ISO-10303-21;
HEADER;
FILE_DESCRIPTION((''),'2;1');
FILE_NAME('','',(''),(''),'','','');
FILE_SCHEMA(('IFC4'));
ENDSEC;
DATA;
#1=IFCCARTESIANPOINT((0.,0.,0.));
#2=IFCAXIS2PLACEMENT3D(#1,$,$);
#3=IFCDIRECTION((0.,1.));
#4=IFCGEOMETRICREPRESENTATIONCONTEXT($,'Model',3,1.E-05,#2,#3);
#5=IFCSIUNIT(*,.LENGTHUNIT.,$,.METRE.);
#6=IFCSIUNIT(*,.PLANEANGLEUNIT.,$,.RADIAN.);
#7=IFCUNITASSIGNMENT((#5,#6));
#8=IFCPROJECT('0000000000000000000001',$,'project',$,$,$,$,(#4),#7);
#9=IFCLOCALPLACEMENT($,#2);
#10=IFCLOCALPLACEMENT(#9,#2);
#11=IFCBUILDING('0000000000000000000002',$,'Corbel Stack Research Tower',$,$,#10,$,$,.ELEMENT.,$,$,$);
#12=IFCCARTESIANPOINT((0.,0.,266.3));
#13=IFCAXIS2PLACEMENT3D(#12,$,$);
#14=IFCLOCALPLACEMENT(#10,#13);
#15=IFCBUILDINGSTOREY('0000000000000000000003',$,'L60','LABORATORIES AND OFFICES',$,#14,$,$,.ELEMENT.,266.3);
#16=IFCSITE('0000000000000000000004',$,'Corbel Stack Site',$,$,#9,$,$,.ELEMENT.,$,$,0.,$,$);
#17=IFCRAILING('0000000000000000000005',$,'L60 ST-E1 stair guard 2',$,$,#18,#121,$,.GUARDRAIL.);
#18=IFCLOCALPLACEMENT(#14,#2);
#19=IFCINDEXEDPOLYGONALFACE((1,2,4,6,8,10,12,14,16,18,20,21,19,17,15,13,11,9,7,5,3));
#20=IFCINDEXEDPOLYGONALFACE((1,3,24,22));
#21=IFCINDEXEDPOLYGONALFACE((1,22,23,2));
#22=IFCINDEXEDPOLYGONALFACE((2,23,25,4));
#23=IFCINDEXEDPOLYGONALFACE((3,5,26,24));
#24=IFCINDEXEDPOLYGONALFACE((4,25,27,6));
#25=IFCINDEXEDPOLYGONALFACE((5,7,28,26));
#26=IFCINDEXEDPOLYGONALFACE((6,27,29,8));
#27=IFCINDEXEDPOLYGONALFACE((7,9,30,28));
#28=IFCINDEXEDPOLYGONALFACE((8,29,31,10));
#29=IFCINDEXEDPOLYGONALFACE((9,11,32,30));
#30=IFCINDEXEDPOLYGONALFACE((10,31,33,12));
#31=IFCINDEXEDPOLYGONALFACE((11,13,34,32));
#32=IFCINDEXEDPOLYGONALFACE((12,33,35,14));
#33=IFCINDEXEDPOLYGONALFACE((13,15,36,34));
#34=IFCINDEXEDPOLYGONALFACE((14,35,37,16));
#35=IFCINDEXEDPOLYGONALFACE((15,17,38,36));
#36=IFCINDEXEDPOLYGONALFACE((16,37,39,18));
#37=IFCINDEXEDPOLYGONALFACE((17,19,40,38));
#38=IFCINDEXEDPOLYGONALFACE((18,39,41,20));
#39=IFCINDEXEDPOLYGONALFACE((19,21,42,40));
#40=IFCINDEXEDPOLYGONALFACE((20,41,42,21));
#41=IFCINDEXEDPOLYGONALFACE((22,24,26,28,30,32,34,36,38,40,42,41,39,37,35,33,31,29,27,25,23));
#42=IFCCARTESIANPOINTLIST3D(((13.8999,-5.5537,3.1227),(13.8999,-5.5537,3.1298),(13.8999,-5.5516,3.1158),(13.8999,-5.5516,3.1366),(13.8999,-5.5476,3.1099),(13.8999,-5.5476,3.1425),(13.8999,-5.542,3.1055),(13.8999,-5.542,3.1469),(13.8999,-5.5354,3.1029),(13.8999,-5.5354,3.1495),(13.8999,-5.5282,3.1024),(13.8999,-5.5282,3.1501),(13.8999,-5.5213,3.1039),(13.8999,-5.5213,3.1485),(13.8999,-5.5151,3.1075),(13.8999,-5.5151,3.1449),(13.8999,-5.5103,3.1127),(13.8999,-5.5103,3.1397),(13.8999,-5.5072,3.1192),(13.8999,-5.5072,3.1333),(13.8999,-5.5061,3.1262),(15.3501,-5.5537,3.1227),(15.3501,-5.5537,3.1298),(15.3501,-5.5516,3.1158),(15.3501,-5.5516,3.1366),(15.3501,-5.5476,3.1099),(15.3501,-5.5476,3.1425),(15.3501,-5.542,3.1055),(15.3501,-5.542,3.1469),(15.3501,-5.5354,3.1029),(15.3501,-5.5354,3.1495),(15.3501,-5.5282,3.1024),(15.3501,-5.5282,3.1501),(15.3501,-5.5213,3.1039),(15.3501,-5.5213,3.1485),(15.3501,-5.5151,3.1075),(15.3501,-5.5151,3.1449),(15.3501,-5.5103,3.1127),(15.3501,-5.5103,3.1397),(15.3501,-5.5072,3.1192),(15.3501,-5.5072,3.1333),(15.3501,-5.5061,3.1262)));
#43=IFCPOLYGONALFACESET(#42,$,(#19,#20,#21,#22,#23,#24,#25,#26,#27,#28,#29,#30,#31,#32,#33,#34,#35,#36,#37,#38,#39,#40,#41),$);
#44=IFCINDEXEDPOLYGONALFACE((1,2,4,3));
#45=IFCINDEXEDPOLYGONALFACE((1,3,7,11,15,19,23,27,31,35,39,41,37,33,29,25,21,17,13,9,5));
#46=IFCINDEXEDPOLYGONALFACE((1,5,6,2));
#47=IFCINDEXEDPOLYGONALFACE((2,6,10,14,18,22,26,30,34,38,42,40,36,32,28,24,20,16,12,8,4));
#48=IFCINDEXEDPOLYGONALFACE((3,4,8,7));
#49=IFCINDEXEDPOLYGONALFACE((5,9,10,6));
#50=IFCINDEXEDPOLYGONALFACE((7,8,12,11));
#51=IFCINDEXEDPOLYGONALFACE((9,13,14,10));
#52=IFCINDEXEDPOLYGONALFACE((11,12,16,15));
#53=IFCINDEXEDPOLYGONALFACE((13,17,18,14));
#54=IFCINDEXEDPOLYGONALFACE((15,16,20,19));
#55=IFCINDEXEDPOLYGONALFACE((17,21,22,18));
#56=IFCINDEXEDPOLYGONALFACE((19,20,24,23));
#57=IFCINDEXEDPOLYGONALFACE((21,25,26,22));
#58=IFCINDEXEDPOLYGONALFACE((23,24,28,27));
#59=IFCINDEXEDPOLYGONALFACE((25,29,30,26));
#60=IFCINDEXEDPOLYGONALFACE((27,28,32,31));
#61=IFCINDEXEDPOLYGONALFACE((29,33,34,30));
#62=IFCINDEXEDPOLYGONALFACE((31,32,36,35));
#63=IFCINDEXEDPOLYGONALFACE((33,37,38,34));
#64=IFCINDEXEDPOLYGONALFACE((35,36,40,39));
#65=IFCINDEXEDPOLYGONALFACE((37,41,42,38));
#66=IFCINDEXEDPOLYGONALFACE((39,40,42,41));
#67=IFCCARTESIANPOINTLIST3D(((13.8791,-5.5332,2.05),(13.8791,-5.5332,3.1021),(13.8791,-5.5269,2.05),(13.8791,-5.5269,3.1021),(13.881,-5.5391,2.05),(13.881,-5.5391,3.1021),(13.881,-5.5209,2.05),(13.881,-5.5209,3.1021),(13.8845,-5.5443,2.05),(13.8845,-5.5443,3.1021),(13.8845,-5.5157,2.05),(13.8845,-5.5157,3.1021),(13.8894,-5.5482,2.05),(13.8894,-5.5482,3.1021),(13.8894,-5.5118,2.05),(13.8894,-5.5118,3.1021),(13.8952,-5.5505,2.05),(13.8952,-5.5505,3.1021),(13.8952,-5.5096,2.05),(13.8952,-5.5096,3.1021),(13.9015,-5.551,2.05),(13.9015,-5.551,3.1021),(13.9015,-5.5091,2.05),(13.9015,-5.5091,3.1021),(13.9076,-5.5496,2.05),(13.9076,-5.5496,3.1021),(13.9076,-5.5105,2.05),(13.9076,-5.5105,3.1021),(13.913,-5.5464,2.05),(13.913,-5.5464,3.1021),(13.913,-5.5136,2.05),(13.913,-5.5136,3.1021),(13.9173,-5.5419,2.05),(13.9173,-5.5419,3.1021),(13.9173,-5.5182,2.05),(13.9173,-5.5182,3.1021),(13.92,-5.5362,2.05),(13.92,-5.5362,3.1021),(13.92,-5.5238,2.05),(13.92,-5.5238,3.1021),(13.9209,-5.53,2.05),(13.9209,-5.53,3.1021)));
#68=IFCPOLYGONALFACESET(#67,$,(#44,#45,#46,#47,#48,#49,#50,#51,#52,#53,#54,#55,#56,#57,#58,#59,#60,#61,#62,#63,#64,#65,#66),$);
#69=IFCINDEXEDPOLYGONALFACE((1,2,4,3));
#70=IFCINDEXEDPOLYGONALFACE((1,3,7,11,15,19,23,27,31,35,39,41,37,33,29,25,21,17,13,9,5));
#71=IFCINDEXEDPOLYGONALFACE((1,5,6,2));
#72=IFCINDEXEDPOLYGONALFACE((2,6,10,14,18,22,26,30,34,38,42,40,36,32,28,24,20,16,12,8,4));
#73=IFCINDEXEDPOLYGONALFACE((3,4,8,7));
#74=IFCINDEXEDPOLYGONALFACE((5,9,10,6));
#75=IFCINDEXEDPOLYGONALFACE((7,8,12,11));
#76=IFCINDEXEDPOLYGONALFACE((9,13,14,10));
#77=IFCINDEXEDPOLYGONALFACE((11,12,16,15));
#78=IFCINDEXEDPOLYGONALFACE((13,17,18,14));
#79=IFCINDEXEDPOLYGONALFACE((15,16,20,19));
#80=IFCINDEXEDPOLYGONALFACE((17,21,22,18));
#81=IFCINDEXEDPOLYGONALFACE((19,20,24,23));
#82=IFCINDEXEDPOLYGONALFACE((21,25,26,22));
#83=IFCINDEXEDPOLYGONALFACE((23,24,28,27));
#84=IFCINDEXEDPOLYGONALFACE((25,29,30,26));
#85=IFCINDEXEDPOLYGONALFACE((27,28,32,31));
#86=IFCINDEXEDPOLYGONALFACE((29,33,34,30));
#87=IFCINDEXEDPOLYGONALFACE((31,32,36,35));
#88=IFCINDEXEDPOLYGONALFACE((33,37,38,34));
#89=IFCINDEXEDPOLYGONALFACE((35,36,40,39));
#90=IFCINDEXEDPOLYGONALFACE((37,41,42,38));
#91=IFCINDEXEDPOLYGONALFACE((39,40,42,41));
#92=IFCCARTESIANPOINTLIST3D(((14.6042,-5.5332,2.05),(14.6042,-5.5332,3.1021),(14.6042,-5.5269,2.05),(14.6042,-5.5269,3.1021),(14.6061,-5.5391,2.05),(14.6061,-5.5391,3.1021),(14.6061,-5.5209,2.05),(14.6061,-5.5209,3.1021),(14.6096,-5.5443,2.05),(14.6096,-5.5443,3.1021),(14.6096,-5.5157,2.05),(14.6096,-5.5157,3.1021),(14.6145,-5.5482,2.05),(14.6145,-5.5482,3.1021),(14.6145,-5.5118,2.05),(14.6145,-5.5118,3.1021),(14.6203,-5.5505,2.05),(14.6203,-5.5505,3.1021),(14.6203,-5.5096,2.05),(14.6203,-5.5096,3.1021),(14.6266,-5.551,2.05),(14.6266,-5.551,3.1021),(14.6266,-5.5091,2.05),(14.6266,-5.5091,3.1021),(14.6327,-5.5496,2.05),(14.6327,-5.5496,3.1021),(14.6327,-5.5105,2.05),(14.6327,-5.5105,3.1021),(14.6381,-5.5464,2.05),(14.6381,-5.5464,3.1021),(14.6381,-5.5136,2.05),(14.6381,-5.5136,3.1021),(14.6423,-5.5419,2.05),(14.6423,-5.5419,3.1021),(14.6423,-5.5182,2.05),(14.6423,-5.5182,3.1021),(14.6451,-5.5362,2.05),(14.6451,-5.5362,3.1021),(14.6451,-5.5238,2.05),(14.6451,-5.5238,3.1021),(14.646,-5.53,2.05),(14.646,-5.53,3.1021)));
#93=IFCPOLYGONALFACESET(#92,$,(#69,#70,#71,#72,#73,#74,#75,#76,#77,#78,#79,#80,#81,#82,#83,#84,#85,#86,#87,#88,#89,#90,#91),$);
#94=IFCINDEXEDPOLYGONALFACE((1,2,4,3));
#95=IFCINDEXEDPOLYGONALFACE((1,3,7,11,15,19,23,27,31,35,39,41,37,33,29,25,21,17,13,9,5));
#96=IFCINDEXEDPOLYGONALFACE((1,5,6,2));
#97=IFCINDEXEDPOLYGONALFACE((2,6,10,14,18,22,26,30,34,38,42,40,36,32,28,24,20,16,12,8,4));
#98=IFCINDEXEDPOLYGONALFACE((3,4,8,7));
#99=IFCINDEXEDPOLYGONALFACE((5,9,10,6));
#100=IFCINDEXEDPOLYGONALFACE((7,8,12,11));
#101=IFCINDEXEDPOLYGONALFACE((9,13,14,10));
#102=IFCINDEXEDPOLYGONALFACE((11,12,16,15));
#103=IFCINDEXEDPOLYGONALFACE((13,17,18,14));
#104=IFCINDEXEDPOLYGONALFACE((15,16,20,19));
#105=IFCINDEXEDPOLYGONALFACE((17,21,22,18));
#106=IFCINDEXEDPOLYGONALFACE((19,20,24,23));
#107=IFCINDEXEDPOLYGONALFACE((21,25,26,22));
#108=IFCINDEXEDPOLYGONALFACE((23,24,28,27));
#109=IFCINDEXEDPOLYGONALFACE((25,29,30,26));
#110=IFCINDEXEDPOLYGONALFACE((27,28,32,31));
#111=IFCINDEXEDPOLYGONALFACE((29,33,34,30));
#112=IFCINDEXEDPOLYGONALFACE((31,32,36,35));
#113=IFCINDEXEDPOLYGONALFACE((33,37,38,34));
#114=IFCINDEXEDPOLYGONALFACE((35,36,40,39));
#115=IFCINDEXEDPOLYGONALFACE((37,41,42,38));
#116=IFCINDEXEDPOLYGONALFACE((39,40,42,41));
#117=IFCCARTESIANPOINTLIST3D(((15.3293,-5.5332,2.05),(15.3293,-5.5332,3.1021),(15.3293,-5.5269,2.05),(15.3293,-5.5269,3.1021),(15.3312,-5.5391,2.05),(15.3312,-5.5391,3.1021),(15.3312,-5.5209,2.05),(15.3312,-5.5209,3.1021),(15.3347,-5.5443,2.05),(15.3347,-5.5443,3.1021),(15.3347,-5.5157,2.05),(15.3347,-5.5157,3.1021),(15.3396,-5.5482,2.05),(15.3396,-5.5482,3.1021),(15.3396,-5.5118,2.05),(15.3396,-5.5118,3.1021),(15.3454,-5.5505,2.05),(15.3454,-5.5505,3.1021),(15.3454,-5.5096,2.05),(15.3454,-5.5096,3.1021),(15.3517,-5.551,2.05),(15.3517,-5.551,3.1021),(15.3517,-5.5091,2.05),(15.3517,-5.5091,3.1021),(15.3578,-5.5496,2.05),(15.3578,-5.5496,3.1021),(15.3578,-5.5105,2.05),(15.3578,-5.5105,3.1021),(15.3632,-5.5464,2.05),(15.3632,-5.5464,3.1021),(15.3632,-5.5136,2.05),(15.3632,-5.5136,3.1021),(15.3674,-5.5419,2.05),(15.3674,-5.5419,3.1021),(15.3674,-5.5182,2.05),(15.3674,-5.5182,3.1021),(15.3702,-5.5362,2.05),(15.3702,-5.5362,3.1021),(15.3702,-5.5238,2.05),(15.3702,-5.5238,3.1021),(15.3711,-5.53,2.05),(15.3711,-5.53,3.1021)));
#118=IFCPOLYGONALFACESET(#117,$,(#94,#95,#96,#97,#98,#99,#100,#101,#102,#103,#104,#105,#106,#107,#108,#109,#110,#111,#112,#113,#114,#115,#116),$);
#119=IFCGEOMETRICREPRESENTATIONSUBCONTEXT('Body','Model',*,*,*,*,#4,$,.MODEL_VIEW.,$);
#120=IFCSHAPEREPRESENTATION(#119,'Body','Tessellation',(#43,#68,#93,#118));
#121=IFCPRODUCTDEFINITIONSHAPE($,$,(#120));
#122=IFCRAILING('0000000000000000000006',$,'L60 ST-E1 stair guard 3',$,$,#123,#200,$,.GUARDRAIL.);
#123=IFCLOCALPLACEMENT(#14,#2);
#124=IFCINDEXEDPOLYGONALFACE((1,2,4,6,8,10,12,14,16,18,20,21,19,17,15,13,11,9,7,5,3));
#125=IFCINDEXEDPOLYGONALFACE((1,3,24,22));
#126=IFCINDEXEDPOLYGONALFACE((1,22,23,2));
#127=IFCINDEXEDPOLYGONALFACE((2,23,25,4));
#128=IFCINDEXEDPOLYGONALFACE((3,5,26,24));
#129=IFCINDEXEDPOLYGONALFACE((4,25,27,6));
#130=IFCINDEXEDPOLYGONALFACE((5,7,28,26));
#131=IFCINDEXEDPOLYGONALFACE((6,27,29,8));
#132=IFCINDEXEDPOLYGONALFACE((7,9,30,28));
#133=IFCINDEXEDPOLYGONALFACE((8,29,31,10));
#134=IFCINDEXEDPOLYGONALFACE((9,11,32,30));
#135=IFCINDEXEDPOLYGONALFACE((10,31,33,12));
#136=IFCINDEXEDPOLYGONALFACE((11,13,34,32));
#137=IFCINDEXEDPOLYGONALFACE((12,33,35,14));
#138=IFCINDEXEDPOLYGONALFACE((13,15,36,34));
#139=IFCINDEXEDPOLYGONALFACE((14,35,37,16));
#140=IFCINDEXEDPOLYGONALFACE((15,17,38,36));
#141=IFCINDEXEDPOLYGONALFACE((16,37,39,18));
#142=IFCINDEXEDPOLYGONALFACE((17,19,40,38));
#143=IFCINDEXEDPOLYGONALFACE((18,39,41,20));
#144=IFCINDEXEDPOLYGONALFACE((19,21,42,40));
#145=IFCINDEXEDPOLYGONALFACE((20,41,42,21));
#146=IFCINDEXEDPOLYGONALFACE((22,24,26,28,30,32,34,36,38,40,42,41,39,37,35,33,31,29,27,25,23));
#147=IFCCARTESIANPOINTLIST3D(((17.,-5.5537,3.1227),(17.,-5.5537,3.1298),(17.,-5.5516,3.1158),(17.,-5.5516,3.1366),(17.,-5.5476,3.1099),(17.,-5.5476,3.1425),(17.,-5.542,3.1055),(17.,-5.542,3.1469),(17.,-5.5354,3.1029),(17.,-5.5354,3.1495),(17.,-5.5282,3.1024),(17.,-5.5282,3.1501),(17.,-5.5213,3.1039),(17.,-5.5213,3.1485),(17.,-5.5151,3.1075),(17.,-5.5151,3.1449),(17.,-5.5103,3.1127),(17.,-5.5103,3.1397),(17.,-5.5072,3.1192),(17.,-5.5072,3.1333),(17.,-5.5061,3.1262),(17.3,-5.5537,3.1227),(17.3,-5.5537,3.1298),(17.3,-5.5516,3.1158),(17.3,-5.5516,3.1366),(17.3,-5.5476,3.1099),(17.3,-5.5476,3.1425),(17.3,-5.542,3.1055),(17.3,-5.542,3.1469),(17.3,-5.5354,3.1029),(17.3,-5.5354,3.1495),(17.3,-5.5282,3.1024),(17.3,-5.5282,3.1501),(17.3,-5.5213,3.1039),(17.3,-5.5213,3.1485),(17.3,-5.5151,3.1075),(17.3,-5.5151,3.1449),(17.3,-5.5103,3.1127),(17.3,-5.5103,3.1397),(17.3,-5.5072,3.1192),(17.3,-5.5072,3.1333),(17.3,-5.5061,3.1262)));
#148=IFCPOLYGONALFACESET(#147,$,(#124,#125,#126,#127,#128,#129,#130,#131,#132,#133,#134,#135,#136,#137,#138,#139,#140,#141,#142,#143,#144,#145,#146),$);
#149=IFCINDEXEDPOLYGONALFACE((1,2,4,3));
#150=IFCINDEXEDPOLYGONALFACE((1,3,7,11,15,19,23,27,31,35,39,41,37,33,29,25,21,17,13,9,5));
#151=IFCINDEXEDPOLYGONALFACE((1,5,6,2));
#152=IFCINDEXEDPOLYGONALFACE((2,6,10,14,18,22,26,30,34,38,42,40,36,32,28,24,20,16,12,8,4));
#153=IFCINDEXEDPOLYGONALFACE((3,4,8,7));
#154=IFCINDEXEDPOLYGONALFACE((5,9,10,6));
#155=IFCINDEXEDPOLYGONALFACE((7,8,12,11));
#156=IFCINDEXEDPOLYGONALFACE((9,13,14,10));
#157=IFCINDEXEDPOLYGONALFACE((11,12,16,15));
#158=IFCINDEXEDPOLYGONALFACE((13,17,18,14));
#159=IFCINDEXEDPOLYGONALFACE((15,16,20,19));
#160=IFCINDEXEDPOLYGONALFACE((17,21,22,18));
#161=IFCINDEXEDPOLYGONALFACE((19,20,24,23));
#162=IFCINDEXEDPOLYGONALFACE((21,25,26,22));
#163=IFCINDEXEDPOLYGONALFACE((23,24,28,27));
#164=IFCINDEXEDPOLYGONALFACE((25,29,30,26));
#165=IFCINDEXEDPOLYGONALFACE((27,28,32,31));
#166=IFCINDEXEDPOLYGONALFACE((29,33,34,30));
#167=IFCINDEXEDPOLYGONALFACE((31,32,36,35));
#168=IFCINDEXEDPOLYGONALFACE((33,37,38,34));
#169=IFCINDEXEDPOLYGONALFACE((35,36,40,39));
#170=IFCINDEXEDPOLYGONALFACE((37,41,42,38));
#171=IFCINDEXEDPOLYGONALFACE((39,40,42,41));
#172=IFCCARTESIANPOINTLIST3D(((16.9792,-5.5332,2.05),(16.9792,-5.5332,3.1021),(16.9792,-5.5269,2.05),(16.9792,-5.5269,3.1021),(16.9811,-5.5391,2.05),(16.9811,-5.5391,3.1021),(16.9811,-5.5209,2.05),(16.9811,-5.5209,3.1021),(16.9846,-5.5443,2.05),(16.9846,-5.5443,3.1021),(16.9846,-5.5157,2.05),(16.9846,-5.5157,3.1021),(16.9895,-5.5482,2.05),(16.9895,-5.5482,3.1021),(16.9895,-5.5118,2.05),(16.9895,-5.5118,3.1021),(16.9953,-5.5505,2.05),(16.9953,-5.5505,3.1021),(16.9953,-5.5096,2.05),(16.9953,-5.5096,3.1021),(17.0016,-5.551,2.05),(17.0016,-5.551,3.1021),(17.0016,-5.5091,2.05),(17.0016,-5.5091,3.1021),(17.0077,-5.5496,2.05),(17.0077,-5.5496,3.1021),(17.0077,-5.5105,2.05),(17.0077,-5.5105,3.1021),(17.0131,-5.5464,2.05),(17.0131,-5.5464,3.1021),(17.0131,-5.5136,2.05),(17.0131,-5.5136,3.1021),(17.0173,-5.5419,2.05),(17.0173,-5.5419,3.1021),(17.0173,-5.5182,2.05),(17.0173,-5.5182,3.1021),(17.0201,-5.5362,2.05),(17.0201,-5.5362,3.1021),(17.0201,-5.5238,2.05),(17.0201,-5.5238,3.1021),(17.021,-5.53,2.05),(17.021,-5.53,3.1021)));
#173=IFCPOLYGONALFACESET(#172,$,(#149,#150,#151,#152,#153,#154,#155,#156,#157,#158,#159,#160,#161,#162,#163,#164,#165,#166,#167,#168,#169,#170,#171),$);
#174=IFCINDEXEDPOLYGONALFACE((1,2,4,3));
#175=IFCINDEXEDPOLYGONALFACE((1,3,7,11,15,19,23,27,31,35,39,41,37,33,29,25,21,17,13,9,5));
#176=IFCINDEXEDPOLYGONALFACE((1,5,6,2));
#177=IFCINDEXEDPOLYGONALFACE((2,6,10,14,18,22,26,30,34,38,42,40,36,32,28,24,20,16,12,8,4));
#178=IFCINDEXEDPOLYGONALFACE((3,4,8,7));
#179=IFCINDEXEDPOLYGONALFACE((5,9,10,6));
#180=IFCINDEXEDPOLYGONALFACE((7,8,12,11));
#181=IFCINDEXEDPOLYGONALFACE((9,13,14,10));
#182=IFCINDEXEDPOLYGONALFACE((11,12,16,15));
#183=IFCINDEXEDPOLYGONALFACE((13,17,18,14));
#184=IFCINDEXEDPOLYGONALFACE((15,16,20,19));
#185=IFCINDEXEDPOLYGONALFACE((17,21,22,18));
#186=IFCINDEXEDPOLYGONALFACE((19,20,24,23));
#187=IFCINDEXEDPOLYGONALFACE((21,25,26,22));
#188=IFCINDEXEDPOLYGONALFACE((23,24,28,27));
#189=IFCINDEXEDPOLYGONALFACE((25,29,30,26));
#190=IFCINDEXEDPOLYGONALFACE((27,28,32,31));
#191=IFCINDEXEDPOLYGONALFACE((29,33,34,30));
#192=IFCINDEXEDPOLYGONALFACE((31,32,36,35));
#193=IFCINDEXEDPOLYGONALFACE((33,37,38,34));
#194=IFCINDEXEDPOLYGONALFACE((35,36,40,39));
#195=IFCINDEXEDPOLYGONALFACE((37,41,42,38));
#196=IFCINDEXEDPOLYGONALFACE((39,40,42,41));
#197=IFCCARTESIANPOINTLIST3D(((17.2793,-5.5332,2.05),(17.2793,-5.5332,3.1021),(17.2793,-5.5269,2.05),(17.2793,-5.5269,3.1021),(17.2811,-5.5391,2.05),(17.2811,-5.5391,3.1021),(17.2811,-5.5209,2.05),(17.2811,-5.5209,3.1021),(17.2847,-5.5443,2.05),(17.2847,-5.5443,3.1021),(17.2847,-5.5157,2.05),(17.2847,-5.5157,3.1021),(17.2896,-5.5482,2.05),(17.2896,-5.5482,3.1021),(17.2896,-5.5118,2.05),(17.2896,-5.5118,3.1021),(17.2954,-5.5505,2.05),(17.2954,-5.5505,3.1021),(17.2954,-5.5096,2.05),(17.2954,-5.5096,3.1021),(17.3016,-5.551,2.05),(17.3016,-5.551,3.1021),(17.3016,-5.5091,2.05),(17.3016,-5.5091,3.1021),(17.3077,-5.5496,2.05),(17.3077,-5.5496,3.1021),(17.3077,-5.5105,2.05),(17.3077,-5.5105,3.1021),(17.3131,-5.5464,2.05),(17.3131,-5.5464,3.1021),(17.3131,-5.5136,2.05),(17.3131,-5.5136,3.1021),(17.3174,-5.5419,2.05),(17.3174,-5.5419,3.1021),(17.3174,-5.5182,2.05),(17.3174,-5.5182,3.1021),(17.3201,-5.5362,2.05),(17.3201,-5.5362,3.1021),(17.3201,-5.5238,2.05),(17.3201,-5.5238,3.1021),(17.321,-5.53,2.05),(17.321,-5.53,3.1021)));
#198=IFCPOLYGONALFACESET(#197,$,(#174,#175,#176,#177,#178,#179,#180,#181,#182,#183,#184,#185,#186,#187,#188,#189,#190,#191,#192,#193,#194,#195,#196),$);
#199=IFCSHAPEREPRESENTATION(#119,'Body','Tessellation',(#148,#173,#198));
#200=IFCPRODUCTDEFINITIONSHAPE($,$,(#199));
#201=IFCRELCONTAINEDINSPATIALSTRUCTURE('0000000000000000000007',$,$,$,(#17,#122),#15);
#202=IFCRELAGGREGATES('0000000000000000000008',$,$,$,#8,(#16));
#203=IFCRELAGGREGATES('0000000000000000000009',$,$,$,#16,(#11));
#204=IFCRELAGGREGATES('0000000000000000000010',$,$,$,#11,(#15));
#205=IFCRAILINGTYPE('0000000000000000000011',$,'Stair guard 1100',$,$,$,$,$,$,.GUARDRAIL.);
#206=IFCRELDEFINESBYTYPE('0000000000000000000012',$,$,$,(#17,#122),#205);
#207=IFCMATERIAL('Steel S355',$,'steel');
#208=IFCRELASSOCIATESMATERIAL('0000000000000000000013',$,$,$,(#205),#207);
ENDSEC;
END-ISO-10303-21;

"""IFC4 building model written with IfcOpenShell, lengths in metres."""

from ifc_helpers import new_model, si_unit, direction, frame, origin, origin_2d, place, context, subcontext, project, spatial, circle, extrude, material, type_object, element, save


model = new_model("IFC4")

# Units and contexts
model_context = context("Model", 3, precision=1e-05, world=origin(), true_north=direction((0.0, 1.0)))
body_context = subcontext(model_context, "Body", "Model", "MODEL_VIEW")
ifc_project = project(units=[si_unit("LENGTHUNIT", "METRE"), si_unit("PLANEANGLEUNIT", "RADIAN")], contexts=[model_context])

# Site, building, storey
site_placement = place(None, origin())
site = spatial("IfcSite", under=ifc_project, at=site_placement, Name="Corbel Stack Site", CompositionType="ELEMENT", RefElevation=0.0)
building_placement = place(site_placement, origin())
building = spatial("IfcBuilding", under=site, at=building_placement, Name="Corbel Stack Research Tower", CompositionType="ELEMENT")
storey_placement = place(building_placement, frame((0.0, 0.0, 266.3)))
storey = spatial("IfcBuildingStorey", under=building, at=storey_placement, Name="L60", Description="LABORATORIES AND OFFICES", CompositionType="ELEMENT", Elevation=266.3)

# Railings
ifc_material_1 = material(Name="Steel S355", Category="steel")
railing_type_1 = type_object("IfcRailingType", Name="Stair guard 1100", PredefinedType="GUARDRAIL", material=ifc_material_1)
railing_1_placement = place(storey_placement, frame((13.8999, -5.53, 2.05)))
element("IfcRailing", 1, at=railing_1_placement, inside=storey, type_object=railing_type_1, Name="L60 ST-E1 stair guard 2", PredefinedType="GUARDRAIL", context=body_context, shape_type="SweptSolid", body=[
    extrude(circle(Radius=0.0239, at=origin_2d()), frame((0.0, 0.0, 1.0762), z_axis=(1.0, 0.0, 0.0), x_axis=(0.0, 1.0, 0.0)), (0.0, 0.0, 1.0), 1.4502),
    extrude(circle(Radius=0.021, at=origin_2d()), origin(), (0.0, 0.0, 1.0), 1.052),
    extrude(circle(Radius=0.021, at=origin_2d()), frame((0.7251, 0.0, 0.0)), (0.0, 0.0, 1.0), 1.052),
    extrude(circle(Radius=0.021, at=origin_2d()), frame((1.4502, 0.0, 0.0)), (0.0, 0.0, 1.0), 1.052),
])
railing_2_placement = place(storey_placement, frame((17.0, -5.53, 2.05)))
element("IfcRailing", 2, at=railing_2_placement, inside=storey, type_object=railing_type_1, Name="L60 ST-E1 stair guard 3", PredefinedType="GUARDRAIL", context=body_context, shape_type="SweptSolid", body=[
    extrude(circle(Radius=0.0239, at=origin_2d()), frame((0.0, 0.0, 1.0762), z_axis=(1.0, 0.0, 0.0), x_axis=(0.0, 1.0, 0.0)), (0.0, 0.0, 1.0), 0.3),
    extrude(circle(Radius=0.021, at=origin_2d()), origin(), (0.0, 0.0, 1.0), 1.052),
    extrude(circle(Radius=0.021, at=origin_2d()), frame((0.3, 0.0, 0.0)), (0.0, 0.0, 1.0), 1.052),
])

save(model, "model.ifc")
